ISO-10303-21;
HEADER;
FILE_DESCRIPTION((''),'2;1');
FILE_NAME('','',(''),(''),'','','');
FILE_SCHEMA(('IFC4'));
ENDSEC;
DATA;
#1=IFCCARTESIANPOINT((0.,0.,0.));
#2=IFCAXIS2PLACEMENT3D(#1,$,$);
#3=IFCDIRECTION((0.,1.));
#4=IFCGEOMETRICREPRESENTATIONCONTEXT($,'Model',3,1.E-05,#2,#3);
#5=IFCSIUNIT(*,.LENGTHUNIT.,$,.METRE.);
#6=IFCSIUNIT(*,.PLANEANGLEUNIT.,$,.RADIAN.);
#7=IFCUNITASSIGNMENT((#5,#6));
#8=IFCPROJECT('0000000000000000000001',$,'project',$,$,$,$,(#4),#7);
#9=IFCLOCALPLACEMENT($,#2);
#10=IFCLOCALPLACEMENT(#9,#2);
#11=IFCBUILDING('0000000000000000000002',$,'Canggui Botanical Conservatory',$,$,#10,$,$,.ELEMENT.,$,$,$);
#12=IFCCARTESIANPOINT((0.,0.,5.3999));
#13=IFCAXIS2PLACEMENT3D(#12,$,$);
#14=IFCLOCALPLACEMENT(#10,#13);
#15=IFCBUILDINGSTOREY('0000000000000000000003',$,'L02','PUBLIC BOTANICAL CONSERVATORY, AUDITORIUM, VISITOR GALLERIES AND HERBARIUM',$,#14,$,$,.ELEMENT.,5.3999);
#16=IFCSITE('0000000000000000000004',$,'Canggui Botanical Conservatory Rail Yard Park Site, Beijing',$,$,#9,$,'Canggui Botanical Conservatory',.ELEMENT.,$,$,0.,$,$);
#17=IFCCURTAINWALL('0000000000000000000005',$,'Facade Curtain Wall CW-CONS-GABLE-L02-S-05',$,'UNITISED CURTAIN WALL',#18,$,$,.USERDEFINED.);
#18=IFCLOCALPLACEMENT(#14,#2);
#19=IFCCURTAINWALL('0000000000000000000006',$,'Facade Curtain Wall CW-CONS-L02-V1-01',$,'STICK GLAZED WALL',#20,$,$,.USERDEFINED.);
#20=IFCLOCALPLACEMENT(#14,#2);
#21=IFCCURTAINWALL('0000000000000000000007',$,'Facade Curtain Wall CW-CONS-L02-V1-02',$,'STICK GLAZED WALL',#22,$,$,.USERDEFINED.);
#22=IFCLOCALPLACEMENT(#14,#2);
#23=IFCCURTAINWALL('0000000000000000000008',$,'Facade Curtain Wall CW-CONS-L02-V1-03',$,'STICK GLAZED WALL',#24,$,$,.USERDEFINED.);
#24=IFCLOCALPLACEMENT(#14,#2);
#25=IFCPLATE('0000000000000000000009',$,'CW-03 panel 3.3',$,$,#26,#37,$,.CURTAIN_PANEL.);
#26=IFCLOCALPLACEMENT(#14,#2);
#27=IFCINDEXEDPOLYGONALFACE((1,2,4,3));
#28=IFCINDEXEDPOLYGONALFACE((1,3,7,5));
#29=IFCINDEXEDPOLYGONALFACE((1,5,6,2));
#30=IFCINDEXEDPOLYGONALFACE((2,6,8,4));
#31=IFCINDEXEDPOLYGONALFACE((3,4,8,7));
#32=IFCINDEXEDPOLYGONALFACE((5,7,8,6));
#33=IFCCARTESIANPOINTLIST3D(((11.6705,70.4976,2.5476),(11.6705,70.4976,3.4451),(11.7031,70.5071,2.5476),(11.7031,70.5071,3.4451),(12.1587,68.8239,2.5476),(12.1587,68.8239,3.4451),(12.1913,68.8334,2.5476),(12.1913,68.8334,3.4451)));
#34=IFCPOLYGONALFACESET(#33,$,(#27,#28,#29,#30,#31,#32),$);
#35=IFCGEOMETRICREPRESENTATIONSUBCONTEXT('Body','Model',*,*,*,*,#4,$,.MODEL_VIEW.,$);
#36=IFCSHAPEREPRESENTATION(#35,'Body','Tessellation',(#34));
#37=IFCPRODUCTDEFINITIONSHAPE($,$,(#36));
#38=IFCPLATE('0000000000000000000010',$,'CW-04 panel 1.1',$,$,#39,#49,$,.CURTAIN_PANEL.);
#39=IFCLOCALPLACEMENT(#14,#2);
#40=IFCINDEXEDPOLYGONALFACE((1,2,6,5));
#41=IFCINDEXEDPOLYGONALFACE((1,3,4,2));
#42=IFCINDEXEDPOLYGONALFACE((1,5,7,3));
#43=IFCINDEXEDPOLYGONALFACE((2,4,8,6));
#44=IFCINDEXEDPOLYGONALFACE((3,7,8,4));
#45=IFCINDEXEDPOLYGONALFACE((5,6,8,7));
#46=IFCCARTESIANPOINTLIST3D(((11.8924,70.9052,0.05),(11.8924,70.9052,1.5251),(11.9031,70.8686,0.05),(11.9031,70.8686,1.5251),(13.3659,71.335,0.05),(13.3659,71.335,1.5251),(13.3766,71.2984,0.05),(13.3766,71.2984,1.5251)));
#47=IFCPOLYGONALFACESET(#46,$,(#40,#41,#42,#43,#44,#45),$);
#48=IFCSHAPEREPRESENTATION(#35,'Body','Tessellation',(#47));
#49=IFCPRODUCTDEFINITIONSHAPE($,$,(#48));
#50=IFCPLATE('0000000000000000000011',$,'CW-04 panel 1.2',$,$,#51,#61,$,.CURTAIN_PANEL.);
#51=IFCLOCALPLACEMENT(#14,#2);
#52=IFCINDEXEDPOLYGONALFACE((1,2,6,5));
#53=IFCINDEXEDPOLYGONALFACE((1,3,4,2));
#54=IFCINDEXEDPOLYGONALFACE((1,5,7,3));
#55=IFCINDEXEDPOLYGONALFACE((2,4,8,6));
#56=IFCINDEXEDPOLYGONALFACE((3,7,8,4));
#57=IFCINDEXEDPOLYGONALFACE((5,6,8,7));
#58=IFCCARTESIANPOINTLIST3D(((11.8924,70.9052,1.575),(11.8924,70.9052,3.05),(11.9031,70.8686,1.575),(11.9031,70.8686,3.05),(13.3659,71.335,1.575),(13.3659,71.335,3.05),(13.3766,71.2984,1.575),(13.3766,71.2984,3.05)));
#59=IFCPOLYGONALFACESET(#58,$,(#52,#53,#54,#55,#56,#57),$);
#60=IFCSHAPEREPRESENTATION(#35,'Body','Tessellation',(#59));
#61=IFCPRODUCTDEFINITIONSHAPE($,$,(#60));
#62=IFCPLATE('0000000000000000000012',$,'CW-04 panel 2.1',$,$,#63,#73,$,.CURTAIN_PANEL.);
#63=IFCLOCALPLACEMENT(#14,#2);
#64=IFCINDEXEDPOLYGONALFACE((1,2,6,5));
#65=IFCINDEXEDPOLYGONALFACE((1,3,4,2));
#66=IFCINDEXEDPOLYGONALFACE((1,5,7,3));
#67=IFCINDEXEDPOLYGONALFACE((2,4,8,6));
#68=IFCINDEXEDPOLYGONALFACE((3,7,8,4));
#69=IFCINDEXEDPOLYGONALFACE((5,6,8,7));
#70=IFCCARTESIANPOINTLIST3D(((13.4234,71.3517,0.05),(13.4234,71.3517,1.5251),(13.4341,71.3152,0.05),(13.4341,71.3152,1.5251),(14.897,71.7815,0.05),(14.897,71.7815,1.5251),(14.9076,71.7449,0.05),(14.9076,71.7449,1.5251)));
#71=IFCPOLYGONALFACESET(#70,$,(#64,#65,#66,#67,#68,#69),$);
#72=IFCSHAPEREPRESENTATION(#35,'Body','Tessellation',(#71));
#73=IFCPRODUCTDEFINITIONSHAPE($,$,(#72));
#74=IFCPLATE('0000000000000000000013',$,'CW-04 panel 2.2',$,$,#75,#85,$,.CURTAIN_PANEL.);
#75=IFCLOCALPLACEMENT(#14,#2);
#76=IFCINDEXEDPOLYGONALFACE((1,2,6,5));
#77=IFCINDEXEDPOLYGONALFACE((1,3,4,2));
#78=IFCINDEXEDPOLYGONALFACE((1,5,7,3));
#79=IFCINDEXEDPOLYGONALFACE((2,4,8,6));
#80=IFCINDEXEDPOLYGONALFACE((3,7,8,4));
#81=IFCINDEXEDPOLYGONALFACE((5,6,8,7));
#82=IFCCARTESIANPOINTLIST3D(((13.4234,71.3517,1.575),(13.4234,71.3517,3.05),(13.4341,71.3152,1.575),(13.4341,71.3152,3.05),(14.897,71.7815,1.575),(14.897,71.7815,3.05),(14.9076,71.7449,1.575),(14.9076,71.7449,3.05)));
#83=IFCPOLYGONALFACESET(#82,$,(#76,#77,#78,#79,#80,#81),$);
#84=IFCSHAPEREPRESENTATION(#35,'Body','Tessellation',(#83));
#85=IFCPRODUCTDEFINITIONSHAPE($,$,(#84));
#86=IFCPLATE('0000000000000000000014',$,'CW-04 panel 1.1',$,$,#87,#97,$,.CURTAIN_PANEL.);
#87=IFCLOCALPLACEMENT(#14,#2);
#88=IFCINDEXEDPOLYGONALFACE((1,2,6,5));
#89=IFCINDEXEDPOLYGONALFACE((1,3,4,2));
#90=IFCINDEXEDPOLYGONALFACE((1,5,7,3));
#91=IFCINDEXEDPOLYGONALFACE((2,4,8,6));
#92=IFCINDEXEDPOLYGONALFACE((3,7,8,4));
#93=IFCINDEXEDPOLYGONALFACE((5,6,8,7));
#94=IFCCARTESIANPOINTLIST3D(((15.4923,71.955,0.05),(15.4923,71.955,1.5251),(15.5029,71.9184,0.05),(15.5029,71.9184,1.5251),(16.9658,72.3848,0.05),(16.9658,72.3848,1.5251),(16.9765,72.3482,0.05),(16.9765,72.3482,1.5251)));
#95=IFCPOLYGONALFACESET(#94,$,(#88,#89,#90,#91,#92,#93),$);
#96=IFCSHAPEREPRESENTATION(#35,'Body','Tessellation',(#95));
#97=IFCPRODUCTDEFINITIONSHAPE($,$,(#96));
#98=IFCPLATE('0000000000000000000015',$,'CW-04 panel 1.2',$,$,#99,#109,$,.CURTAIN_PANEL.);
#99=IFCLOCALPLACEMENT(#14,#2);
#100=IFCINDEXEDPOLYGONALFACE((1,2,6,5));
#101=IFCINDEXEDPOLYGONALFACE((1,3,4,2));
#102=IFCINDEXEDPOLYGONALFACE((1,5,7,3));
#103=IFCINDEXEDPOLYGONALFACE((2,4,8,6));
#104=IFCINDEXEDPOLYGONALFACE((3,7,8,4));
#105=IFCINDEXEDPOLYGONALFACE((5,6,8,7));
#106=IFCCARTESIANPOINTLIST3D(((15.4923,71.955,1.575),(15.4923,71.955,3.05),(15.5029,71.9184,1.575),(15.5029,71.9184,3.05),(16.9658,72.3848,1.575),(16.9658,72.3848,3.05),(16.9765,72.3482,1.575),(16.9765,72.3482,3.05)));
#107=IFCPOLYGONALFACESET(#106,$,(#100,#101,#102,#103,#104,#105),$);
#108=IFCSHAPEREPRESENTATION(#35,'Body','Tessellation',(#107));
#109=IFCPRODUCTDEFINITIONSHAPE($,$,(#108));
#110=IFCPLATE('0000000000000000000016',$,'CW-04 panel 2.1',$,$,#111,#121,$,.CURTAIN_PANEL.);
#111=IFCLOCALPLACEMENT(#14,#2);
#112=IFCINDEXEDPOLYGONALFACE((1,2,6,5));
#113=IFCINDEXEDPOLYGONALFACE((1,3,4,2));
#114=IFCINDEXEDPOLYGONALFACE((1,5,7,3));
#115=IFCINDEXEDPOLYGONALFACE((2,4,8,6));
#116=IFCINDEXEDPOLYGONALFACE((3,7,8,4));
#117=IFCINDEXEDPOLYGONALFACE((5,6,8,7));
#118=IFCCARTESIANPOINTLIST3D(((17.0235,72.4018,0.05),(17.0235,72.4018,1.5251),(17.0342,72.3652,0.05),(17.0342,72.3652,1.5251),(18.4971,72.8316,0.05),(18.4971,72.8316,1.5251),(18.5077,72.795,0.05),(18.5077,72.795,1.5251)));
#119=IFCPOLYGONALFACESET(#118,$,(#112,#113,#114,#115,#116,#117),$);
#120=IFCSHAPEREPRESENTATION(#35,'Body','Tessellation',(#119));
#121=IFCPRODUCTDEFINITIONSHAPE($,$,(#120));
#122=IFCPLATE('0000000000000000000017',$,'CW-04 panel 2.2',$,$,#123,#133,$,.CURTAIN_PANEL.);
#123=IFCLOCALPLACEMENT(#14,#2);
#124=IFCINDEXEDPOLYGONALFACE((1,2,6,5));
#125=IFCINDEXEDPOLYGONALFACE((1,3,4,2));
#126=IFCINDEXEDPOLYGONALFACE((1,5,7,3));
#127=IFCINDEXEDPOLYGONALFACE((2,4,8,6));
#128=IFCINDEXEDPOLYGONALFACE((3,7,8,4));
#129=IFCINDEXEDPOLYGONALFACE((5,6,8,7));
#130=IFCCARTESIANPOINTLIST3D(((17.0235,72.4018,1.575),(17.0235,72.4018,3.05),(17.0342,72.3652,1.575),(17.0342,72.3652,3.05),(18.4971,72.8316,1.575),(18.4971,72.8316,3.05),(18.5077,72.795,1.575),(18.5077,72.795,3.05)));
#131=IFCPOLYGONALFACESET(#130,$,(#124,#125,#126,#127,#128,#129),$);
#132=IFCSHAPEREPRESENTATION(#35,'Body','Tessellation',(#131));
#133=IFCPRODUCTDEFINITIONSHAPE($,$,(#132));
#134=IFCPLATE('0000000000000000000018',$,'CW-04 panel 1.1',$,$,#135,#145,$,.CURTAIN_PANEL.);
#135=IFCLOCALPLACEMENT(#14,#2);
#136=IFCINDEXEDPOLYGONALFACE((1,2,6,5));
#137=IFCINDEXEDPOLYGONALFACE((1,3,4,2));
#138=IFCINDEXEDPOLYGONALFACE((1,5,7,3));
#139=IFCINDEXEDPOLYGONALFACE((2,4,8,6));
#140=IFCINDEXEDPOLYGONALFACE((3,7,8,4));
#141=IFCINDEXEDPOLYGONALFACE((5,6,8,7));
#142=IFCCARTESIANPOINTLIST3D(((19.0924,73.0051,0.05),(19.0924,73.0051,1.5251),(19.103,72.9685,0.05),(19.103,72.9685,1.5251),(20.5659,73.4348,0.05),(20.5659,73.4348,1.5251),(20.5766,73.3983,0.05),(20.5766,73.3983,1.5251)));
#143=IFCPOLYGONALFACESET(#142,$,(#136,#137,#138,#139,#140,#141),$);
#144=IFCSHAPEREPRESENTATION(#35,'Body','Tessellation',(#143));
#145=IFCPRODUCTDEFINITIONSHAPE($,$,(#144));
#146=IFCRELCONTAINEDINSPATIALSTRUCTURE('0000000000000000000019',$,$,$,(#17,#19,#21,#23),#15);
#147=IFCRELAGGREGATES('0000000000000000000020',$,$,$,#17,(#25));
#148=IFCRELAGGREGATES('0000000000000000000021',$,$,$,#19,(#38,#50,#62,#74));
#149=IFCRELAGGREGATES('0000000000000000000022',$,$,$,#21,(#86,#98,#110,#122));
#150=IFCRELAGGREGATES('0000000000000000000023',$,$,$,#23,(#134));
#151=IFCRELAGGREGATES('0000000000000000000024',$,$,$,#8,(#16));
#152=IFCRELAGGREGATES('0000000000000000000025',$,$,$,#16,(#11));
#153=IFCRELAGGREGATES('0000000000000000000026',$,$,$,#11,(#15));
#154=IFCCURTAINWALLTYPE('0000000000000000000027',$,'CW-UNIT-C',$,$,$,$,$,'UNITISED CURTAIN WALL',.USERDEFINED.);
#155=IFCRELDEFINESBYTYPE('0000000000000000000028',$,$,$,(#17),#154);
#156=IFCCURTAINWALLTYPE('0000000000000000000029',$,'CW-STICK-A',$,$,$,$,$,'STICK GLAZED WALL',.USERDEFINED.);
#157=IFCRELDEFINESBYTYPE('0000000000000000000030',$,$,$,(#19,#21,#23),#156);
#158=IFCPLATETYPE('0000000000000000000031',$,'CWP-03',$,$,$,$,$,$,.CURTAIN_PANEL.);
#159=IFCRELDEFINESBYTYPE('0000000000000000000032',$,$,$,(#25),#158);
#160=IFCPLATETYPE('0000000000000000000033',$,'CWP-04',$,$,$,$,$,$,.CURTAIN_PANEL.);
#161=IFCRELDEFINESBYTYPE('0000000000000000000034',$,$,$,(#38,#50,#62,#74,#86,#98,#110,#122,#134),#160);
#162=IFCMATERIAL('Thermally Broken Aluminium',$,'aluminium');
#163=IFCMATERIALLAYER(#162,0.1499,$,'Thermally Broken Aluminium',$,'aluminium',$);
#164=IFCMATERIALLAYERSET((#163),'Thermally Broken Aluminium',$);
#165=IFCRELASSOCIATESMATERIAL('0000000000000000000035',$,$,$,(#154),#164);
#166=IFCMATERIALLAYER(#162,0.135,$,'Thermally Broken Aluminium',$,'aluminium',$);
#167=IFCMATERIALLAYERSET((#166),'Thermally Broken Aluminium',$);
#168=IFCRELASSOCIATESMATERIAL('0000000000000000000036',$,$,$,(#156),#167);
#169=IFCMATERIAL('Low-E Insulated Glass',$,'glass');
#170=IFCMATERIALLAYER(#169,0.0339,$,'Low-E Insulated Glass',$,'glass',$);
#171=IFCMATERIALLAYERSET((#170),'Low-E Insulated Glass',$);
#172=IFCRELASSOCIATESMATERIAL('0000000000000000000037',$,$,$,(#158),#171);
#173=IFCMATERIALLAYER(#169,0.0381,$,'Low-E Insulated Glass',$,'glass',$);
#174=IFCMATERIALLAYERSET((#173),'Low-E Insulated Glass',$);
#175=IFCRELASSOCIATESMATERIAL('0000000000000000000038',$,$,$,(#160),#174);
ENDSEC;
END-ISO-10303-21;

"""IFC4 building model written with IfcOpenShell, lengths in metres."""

from ifc_helpers import new_model, si_unit, direction, frame, origin, origin_2d, place, context, subcontext, project, spatial, rectangle, extrude, material, layer, layer_set, type_object, element, aggregate, save


model = new_model("IFC4")

# Units and contexts
model_context = context("Model", 3, precision=1e-05, world=origin(), true_north=direction((0.0, 1.0)))
body_context = subcontext(model_context, "Body", "Model", "MODEL_VIEW")
ifc_project = project(units=[si_unit("LENGTHUNIT", "METRE"), si_unit("PLANEANGLEUNIT", "RADIAN")], contexts=[model_context])

# Site, building, storey
site_placement = place(None, origin())
site = spatial("IfcSite", under=ifc_project, at=site_placement, Name="Canggui Botanical Conservatory Rail Yard Park Site, Beijing", LongName="Canggui Botanical Conservatory", CompositionType="ELEMENT", RefElevation=0.0)
building_placement = place(site_placement, origin())
building = spatial("IfcBuilding", under=site, at=building_placement, Name="Canggui Botanical Conservatory", CompositionType="ELEMENT")
storey_placement = place(building_placement, frame((0.0, 0.0, 5.3999)))
storey = spatial("IfcBuildingStorey", under=building, at=storey_placement, Name="L02", Description="PUBLIC BOTANICAL CONSERVATORY, AUDITORIUM, VISITOR GALLERIES AND HERBARIUM", CompositionType="ELEMENT", Elevation=5.3999)

# Curtain wall
ifc_material_1 = material(Name="Thermally Broken Aluminium", Category="aluminium")
ifc_layer_1 = layer(ifc_material_1, 0.1499, Name="Thermally Broken Aluminium", Category="aluminium")
ifc_layer_set_1 = layer_set([ifc_layer_1], Name="Thermally Broken Aluminium")
curtain_wall_type_1 = type_object("IfcCurtainWallType", Name="CW-UNIT-C", ElementType="UNITISED CURTAIN WALL", PredefinedType="USERDEFINED", material=ifc_layer_set_1)
curtain_wall_1_placement = place(storey_placement, origin())
curtain_wall_1 = element("IfcCurtainWall", 1, at=curtain_wall_1_placement, inside=storey, type_object=curtain_wall_type_1, Name="Facade Curtain Wall CW-CONS-GABLE-L02-S-05", ObjectType="UNITISED CURTAIN WALL", PredefinedType="USERDEFINED")

# Curtain walls
ifc_layer_2 = layer(ifc_material_1, 0.135, Name="Thermally Broken Aluminium", Category="aluminium")
ifc_layer_set_2 = layer_set([ifc_layer_2], Name="Thermally Broken Aluminium")
curtain_wall_type_2 = type_object("IfcCurtainWallType", Name="CW-STICK-A", ElementType="STICK GLAZED WALL", PredefinedType="USERDEFINED", material=ifc_layer_set_2)
curtain_wall_2_placement = place(storey_placement, origin())
curtain_wall_2 = element("IfcCurtainWall", 2, at=curtain_wall_2_placement, inside=storey, type_object=curtain_wall_type_2, Name="Facade Curtain Wall CW-CONS-L02-V1-01", ObjectType="STICK GLAZED WALL", PredefinedType="USERDEFINED")
curtain_wall_3_placement = place(storey_placement, origin())
curtain_wall_3 = element("IfcCurtainWall", 3, at=curtain_wall_3_placement, inside=storey, type_object=curtain_wall_type_2, Name="Facade Curtain Wall CW-CONS-L02-V1-02", ObjectType="STICK GLAZED WALL", PredefinedType="USERDEFINED")

# Curtain wall
curtain_wall_4_placement = place(storey_placement, origin())
curtain_wall_4 = element("IfcCurtainWall", 4, at=curtain_wall_4_placement, inside=storey, type_object=curtain_wall_type_2, Name="Facade Curtain Wall CW-CONS-L02-V1-03", ObjectType="STICK GLAZED WALL", PredefinedType="USERDEFINED")

# Plates
ifc_material_2 = material(Name="Low-E Insulated Glass", Category="glass")
ifc_layer_3 = layer(ifc_material_2, 0.0339, Name="Low-E Insulated Glass", Category="glass")
ifc_layer_set_3 = layer_set([ifc_layer_3], Name="Low-E Insulated Glass")
plate_type_1 = type_object("IfcPlateType", Name="CWP-03", PredefinedType="CURTAIN_PANEL", material=ifc_layer_set_3)
plate_1_placement = place(storey_placement, frame((11.9309, 69.6655, 2.5476), z_axis=(0.0, 0.0, 1.0), x_axis=(-0.28, 0.96, 0.0)))
plate_1 = element("IfcPlate", 5, at=plate_1_placement, type_object=plate_type_1, Name="CW-03 panel 3.3", PredefinedType="CURTAIN_PANEL", context=body_context, shape_type="SweptSolid", body=[
    extrude(rectangle(XDim=1.7434, YDim=0.0339, at=origin_2d()), origin(), (0.0, 0.0, 1.0), 0.8975),
])
aggregate(curtain_wall_1, [plate_1])
ifc_layer_4 = layer(ifc_material_2, 0.0381, Name="Low-E Insulated Glass", Category="glass")
ifc_layer_set_4 = layer_set([ifc_layer_4], Name="Low-E Insulated Glass")
plate_type_2 = type_object("IfcPlateType", Name="CWP-04", PredefinedType="CURTAIN_PANEL", material=ifc_layer_set_4)
plate_2_placement = place(storey_placement, frame((12.6345, 71.1018, 0.05), z_axis=(0.0, 0.0, 1.0), x_axis=(0.96, 0.28, 0.0)))
plate_2 = element("IfcPlate", 6, at=plate_2_placement, type_object=plate_type_2, Name="CW-04 panel 1.1", PredefinedType="CURTAIN_PANEL", context=body_context, shape_type="SweptSolid", body=[
    extrude(rectangle(XDim=1.5349, YDim=0.0381, at=origin_2d()), origin(), (0.0, 0.0, 1.0), 1.4751),
])
plate_3_placement = place(storey_placement, frame((12.6345, 71.1018, 1.575), z_axis=(0.0, 0.0, 1.0), x_axis=(0.96, 0.28, 0.0)))
plate_3 = element("IfcPlate", 7, at=plate_3_placement, type_object=plate_type_2, Name="CW-04 panel 1.2", PredefinedType="CURTAIN_PANEL", context=body_context, shape_type="SweptSolid", body=[
    extrude(rectangle(XDim=1.5349, YDim=0.0381, at=origin_2d()), origin(), (0.0, 0.0, 1.0), 1.4751),
])
plate_4_placement = place(storey_placement, frame((14.1655, 71.5483, 0.05), z_axis=(0.0, 0.0, 1.0), x_axis=(0.96, 0.28, 0.0)))
plate_4 = element("IfcPlate", 8, at=plate_4_placement, type_object=plate_type_2, Name="CW-04 panel 2.1", PredefinedType="CURTAIN_PANEL", context=body_context, shape_type="SweptSolid", body=[
    extrude(rectangle(XDim=1.5349, YDim=0.0381, at=origin_2d()), origin(), (0.0, 0.0, 1.0), 1.4751),
])
plate_5_placement = place(storey_placement, frame((14.1655, 71.5483, 1.575), z_axis=(0.0, 0.0, 1.0), x_axis=(0.96, 0.28, 0.0)))
plate_5 = element("IfcPlate", 9, at=plate_5_placement, type_object=plate_type_2, Name="CW-04 panel 2.2", PredefinedType="CURTAIN_PANEL", context=body_context, shape_type="SweptSolid", body=[
    extrude(rectangle(XDim=1.5349, YDim=0.0381, at=origin_2d()), origin(), (0.0, 0.0, 1.0), 1.4751),
])
aggregate(curtain_wall_2, [plate_2, plate_3, plate_4, plate_5])
plate_6_placement = place(storey_placement, frame((16.2344, 72.1516, 0.05), z_axis=(0.0, 0.0, 1.0), x_axis=(0.96, 0.28, 0.0)))
plate_6 = element("IfcPlate", 10, at=plate_6_placement, type_object=plate_type_2, Name="CW-04 panel 1.1", PredefinedType="CURTAIN_PANEL", context=body_context, shape_type="SweptSolid", body=[
    extrude(rectangle(XDim=1.5349, YDim=0.0381, at=origin_2d()), origin(), (0.0, 0.0, 1.0), 1.4751),
])
plate_7_placement = place(storey_placement, frame((16.2344, 72.1516, 1.575), z_axis=(0.0, 0.0, 1.0), x_axis=(0.96, 0.28, 0.0)))
plate_7 = element("IfcPlate", 11, at=plate_7_placement, type_object=plate_type_2, Name="CW-04 panel 1.2", PredefinedType="CURTAIN_PANEL", context=body_context, shape_type="SweptSolid", body=[
    extrude(rectangle(XDim=1.5349, YDim=0.0381, at=origin_2d()), origin(), (0.0, 0.0, 1.0), 1.4751),
])
plate_8_placement = place(storey_placement, frame((17.7656, 72.5984, 0.05), z_axis=(0.0, 0.0, 1.0), x_axis=(0.96, 0.28, 0.0)))
plate_8 = element("IfcPlate", 12, at=plate_8_placement, type_object=plate_type_2, Name="CW-04 panel 2.1", PredefinedType="CURTAIN_PANEL", context=body_context, shape_type="SweptSolid", body=[
    extrude(rectangle(XDim=1.5349, YDim=0.0381, at=origin_2d()), origin(), (0.0, 0.0, 1.0), 1.4751),
])
plate_9_placement = place(storey_placement, frame((17.7656, 72.5984, 1.575), z_axis=(0.0, 0.0, 1.0), x_axis=(0.96, 0.28, 0.0)))
plate_9 = element("IfcPlate", 13, at=plate_9_placement, type_object=plate_type_2, Name="CW-04 panel 2.2", PredefinedType="CURTAIN_PANEL", context=body_context, shape_type="SweptSolid", body=[
    extrude(rectangle(XDim=1.5349, YDim=0.0381, at=origin_2d()), origin(), (0.0, 0.0, 1.0), 1.4751),
])
aggregate(curtain_wall_3, [plate_6, plate_7, plate_8, plate_9])
plate_10_placement = place(storey_placement, frame((19.8345, 73.2017, 0.05), z_axis=(0.0, 0.0, 1.0), x_axis=(0.96, 0.28, 0.0)))
plate_10 = element("IfcPlate", 14, at=plate_10_placement, type_object=plate_type_2, Name="CW-04 panel 1.1", PredefinedType="CURTAIN_PANEL", context=body_context, shape_type="SweptSolid", body=[
    extrude(rectangle(XDim=1.5349, YDim=0.0381, at=origin_2d()), origin(), (0.0, 0.0, 1.0), 1.4751),
])
aggregate(curtain_wall_4, [plate_10])

save(model, "model.ifc")
